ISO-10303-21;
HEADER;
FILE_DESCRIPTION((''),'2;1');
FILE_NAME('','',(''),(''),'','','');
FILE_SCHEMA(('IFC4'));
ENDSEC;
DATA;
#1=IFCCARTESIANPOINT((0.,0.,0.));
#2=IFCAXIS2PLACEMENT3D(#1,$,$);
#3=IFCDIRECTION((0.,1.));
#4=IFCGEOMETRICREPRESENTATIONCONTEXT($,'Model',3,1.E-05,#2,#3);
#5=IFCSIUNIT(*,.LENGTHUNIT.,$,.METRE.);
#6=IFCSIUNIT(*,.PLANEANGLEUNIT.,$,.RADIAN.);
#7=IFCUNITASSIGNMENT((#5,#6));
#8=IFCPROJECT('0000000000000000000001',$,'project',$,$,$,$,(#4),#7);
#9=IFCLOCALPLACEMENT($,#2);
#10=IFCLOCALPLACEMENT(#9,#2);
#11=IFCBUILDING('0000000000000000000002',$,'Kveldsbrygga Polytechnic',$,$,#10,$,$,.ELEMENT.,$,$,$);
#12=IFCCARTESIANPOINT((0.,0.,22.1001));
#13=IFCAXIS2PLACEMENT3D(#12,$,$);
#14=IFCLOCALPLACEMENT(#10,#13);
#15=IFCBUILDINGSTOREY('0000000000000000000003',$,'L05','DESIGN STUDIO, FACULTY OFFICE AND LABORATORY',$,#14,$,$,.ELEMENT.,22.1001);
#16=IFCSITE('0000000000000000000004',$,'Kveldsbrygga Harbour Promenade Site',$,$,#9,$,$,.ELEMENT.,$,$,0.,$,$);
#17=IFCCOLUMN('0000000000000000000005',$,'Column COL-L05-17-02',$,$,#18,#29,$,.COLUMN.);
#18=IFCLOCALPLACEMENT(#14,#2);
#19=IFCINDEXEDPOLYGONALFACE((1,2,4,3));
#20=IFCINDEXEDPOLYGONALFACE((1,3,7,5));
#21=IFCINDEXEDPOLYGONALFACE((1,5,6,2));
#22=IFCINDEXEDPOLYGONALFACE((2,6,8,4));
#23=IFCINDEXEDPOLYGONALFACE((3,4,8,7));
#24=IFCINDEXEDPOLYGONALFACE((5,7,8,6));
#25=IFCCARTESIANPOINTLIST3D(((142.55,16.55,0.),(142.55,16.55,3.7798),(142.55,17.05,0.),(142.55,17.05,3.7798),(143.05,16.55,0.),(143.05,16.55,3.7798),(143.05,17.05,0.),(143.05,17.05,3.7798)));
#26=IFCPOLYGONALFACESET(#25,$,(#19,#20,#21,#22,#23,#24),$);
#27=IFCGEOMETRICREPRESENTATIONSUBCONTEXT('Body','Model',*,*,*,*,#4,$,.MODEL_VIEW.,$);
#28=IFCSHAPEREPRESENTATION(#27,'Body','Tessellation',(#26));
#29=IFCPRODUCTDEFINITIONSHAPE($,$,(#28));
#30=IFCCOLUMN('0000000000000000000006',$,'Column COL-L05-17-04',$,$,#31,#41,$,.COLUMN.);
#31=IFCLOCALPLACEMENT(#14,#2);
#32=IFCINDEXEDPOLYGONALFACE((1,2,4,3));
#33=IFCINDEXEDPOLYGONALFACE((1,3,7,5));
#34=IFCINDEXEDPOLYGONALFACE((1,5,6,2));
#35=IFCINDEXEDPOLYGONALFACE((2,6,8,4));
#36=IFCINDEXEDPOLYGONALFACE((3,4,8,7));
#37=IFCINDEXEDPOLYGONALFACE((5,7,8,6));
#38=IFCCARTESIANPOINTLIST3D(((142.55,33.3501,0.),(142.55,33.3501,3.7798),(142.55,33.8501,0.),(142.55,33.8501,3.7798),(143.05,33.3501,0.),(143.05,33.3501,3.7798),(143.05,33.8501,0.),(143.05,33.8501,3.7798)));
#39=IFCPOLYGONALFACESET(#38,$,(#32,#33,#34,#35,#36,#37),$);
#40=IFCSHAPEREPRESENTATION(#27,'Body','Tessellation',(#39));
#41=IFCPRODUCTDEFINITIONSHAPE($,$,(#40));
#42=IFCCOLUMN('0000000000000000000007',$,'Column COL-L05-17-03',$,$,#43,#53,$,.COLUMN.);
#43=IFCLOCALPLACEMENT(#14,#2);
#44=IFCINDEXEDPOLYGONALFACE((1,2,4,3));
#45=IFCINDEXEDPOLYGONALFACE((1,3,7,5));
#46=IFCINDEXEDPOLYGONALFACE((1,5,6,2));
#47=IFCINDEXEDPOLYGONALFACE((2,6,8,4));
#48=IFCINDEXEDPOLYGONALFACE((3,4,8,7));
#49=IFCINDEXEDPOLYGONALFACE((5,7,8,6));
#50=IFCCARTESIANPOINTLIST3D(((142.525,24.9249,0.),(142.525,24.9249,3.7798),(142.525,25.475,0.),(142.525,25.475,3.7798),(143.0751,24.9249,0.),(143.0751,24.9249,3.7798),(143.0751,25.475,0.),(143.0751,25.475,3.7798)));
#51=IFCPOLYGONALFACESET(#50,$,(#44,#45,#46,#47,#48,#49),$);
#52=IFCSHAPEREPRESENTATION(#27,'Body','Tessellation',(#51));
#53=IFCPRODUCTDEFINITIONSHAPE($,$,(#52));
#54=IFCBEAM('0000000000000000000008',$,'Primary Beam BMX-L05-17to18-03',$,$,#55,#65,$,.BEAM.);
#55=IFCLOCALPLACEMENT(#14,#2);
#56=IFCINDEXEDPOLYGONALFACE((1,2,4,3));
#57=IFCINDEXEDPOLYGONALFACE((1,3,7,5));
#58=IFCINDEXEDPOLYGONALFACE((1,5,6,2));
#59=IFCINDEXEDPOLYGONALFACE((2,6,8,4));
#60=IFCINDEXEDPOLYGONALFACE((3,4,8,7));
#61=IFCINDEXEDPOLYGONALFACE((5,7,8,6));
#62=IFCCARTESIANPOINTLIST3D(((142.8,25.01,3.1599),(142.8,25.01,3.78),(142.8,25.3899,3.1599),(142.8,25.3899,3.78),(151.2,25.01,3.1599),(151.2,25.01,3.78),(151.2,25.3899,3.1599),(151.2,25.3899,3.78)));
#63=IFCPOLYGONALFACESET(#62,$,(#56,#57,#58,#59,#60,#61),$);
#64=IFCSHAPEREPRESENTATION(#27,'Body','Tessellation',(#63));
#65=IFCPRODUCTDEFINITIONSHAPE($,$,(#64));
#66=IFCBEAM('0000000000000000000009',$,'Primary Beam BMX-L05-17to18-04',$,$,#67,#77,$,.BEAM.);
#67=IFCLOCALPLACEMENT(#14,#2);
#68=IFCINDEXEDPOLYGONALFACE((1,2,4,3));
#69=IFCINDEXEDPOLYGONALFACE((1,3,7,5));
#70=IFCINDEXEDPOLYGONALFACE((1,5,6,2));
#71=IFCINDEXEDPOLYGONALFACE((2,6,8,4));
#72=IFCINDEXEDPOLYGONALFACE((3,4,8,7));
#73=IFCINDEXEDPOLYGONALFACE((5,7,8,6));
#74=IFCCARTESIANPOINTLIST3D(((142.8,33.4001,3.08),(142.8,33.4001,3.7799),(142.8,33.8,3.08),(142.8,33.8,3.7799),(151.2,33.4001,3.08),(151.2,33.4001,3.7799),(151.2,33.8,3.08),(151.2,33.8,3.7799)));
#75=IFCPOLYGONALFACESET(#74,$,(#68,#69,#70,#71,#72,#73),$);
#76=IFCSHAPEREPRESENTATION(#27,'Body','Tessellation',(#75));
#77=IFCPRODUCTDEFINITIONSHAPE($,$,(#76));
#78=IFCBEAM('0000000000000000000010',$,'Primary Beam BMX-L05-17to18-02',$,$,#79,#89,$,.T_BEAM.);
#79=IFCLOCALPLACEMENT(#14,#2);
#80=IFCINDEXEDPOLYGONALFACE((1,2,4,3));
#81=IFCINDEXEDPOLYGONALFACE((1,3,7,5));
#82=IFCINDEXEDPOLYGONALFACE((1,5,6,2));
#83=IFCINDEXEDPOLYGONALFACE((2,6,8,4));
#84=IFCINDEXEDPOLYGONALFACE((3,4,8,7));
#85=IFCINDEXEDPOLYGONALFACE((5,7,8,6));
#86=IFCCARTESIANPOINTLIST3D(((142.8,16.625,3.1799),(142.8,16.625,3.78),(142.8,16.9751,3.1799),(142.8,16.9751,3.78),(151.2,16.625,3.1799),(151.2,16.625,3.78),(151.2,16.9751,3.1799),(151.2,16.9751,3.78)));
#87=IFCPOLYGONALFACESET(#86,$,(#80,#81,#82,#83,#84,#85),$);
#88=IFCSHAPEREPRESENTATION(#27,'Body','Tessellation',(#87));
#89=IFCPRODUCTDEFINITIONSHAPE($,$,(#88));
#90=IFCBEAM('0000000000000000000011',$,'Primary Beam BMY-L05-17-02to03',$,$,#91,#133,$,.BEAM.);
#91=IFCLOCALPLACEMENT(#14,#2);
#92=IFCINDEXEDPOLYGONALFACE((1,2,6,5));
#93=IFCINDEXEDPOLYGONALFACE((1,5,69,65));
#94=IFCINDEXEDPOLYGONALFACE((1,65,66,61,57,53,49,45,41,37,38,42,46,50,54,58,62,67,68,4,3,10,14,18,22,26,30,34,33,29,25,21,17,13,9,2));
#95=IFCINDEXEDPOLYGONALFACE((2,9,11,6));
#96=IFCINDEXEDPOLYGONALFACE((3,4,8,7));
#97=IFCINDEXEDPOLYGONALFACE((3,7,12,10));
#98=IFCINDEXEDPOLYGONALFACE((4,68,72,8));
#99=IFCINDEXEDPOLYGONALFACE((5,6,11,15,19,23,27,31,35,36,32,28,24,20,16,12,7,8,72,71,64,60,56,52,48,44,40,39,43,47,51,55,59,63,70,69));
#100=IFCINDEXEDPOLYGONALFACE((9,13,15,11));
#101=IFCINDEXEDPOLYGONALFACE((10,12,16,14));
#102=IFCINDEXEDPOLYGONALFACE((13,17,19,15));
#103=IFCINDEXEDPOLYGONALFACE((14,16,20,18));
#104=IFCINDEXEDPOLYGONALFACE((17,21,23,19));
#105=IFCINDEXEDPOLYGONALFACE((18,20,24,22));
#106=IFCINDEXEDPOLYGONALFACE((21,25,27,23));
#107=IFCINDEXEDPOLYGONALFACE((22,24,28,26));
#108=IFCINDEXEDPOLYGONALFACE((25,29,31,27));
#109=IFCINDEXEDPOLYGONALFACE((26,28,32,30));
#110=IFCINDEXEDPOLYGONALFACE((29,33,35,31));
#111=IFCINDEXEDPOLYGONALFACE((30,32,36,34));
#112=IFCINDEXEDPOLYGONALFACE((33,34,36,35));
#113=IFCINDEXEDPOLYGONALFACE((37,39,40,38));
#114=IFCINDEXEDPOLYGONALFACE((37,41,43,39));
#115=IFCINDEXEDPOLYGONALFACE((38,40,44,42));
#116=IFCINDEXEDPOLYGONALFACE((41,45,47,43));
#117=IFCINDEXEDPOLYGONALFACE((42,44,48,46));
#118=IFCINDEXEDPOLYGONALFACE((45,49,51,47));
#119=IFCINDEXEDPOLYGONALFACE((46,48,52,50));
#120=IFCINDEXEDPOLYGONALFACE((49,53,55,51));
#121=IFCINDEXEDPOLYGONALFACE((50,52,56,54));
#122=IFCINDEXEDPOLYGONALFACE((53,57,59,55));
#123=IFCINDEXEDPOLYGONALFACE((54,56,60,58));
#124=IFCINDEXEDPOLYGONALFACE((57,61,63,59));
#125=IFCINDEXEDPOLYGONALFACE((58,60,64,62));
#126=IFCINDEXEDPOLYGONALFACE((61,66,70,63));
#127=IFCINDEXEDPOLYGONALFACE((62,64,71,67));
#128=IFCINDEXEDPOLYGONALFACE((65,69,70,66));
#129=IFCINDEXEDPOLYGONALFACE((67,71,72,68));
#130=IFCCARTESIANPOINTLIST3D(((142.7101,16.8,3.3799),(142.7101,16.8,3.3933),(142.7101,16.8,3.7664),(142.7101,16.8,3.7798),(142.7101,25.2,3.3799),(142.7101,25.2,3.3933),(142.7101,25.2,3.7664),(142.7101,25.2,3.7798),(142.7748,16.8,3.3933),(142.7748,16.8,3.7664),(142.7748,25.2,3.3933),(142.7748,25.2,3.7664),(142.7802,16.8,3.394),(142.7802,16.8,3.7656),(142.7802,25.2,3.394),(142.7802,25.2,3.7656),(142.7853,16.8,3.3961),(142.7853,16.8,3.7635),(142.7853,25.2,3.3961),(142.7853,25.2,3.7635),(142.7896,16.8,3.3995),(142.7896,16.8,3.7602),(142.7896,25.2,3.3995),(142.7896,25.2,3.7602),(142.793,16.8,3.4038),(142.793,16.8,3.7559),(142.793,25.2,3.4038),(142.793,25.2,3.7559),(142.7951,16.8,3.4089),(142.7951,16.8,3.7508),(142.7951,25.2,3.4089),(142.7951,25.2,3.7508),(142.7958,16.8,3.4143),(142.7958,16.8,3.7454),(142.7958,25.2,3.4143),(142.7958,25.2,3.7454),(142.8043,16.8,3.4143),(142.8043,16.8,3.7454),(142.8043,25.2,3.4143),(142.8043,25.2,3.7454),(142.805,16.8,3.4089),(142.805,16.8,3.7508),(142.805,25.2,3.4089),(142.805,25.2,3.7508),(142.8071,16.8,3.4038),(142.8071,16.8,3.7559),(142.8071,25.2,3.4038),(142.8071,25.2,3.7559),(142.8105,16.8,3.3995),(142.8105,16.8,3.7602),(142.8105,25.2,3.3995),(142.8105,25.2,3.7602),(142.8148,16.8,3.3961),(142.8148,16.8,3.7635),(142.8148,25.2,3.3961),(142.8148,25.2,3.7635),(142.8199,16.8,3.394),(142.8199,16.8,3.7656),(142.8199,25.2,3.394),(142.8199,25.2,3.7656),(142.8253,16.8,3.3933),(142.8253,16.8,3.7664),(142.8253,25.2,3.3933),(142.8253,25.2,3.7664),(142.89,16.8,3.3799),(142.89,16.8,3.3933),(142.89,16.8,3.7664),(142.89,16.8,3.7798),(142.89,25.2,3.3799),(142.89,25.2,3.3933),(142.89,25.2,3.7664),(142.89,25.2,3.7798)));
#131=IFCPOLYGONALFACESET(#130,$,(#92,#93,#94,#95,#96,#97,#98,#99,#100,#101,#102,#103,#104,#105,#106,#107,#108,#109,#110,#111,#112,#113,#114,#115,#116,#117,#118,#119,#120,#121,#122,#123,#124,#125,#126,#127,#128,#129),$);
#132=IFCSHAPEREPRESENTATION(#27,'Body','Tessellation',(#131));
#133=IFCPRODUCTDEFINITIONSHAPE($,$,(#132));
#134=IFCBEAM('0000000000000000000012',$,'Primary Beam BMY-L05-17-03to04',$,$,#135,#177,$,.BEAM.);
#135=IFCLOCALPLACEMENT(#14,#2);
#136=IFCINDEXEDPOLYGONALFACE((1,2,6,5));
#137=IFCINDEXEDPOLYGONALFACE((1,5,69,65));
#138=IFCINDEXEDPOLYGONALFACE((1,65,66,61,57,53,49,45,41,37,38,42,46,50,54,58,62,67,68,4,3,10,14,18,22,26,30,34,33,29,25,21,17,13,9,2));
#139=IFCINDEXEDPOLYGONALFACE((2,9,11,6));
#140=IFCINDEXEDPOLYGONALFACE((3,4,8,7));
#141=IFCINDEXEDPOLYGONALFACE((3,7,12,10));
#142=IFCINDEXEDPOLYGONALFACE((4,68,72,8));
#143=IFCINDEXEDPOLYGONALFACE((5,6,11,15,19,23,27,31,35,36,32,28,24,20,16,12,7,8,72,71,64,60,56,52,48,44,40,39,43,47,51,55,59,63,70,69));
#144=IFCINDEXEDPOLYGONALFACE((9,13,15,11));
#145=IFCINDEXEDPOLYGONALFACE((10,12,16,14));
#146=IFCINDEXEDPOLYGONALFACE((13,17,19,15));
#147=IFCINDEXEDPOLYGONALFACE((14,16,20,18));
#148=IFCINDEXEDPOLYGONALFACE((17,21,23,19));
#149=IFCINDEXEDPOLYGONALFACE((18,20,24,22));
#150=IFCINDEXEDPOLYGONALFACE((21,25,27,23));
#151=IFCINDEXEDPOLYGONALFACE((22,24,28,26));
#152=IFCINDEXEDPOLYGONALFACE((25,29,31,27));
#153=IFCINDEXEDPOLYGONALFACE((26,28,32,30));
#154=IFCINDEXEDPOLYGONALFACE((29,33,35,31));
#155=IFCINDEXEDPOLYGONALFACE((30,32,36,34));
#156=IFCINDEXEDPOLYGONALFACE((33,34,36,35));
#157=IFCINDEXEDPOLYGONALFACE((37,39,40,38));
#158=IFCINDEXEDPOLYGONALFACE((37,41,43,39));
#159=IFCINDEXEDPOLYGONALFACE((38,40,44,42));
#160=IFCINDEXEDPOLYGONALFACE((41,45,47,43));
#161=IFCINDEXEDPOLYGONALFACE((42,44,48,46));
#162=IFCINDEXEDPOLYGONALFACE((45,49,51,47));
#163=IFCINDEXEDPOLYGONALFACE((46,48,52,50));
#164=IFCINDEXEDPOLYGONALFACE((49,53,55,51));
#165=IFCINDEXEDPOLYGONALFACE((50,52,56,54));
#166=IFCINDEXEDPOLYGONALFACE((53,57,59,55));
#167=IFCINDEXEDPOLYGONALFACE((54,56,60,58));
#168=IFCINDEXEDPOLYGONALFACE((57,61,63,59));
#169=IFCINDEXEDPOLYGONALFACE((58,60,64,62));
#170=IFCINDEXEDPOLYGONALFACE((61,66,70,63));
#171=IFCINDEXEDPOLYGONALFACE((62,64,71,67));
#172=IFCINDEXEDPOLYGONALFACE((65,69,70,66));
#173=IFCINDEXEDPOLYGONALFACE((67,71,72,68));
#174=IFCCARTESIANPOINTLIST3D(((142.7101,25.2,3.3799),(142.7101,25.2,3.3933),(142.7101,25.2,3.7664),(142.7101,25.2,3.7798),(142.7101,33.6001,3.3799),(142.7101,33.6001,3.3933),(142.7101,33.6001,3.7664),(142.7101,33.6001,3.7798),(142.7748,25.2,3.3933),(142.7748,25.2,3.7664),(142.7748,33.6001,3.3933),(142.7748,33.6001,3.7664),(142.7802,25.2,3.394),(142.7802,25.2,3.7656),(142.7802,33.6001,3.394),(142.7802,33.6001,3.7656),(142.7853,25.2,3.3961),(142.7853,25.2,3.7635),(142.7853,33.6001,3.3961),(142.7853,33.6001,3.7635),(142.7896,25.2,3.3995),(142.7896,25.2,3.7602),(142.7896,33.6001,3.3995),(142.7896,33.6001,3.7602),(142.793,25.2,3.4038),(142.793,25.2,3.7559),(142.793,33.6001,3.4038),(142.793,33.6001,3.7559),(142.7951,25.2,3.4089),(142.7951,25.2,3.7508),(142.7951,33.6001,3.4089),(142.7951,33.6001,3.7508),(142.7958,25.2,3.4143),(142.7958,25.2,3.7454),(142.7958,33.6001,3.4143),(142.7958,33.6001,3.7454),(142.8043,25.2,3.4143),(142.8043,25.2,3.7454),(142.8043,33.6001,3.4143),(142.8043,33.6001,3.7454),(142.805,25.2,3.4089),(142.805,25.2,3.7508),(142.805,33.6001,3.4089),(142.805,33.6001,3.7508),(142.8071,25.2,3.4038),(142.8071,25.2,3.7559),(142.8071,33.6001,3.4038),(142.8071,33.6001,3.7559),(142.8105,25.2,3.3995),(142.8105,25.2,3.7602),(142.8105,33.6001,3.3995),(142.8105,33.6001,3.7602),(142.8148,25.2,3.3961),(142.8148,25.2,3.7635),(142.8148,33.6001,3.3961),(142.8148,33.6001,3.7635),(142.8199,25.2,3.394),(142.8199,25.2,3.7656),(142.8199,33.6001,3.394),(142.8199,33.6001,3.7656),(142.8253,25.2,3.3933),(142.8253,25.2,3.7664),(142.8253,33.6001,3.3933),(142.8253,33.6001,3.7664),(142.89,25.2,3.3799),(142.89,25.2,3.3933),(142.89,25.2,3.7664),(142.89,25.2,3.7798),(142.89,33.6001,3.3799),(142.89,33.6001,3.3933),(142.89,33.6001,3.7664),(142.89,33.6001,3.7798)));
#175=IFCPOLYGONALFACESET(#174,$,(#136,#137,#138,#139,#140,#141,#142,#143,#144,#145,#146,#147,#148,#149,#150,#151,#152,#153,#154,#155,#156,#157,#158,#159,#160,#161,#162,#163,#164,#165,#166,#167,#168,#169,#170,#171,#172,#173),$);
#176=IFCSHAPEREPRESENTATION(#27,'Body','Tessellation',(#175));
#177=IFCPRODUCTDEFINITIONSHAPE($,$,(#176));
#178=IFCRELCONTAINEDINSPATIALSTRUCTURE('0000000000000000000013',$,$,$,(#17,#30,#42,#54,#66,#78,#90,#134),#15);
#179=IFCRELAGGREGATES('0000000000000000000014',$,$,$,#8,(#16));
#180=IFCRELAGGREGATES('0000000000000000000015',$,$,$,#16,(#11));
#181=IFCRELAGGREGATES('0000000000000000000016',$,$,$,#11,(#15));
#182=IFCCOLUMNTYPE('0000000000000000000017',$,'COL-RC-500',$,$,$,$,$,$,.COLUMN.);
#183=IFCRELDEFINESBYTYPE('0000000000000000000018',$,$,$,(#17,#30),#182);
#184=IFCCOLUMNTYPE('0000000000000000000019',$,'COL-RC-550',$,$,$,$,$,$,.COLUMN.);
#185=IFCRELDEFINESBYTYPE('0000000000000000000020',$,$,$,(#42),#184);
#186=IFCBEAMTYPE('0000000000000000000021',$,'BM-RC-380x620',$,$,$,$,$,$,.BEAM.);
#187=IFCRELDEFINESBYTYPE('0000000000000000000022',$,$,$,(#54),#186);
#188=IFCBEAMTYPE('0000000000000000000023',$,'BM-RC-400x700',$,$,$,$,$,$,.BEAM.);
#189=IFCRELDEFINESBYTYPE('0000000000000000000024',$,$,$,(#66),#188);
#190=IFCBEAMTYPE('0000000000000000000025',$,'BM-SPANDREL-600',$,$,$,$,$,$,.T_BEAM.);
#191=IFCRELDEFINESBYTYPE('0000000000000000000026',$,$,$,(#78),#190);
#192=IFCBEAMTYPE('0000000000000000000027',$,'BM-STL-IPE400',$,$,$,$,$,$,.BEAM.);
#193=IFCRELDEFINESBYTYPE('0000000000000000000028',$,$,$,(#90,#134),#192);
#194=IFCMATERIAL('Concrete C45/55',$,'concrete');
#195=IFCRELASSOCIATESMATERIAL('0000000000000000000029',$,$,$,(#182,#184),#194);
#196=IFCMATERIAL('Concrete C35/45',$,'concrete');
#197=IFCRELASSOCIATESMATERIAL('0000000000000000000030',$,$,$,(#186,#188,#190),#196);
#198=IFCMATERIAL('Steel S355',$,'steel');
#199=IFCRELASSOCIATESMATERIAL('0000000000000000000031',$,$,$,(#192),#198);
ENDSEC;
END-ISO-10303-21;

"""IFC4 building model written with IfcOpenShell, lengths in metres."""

from ifc_helpers import new_model, si_unit, direction, frame, origin, origin_2d, place, context, subcontext, project, spatial, rectangle, i_section, extrude, material, material_profile, profile_set, type_object, element, save


model = new_model("IFC4")

# Units and contexts
model_context = context("Model", 3, precision=1e-05, world=origin(), true_north=direction((0.0, 1.0)))
body_context = subcontext(model_context, "Body", "Model", "MODEL_VIEW")
ifc_project = project(units=[si_unit("LENGTHUNIT", "METRE"), si_unit("PLANEANGLEUNIT", "RADIAN")], contexts=[model_context])

# Site, building, storey
site_placement = place(None, origin())
site = spatial("IfcSite", under=ifc_project, at=site_placement, Name="Kveldsbrygga Harbour Promenade Site", CompositionType="ELEMENT", RefElevation=0.0)
building_placement = place(site_placement, origin())
building = spatial("IfcBuilding", under=site, at=building_placement, Name="Kveldsbrygga Polytechnic", CompositionType="ELEMENT")
storey_placement = place(building_placement, frame((0.0, 0.0, 22.1001)))
storey = spatial("IfcBuildingStorey", under=building, at=storey_placement, Name="L05", Description="DESIGN STUDIO, FACULTY OFFICE AND LABORATORY", CompositionType="ELEMENT", Elevation=22.1001)

# Columns
ifc_material_1 = material(Name="Concrete C45/55", Category="concrete")
ifc_material_profile_1 = material_profile(ifc_material_1, rectangle(XDim=0.5, YDim=0.5, at=origin_2d()), Name="RC 500x500")
ifc_profile_set_1 = profile_set([ifc_material_profile_1], Name="Concrete C45/55")
column_type_1 = type_object("IfcColumnType", Name="COL-RC-500", PredefinedType="COLUMN", material=ifc_profile_set_1)
for number, where, z_axis, x_axis, name in (
    (1, (142.8, 16.8, 0.0), (0.0, 0.0, 1.0), (1.0, 0.0, 0.0), "Column COL-L05-17-02"),
    (2, (142.8, 33.6001, 0.0), (0.0, 0.0, 1.0), (1.0, 0.0, 0.0), "Column COL-L05-17-04"),
):
    element("IfcColumn", number, at=place(storey_placement, frame(where, z_axis=z_axis, x_axis=x_axis)), inside=storey, type_object=column_type_1, Name=name, PredefinedType="COLUMN", context=body_context, shape_type="SweptSolid", body=[
        extrude(rectangle(XDim=0.5, YDim=0.5, at=origin_2d()), origin(), (0.0, 0.0, 1.0), 3.7798),
    ])
ifc_material_profile_2 = material_profile(ifc_material_1, rectangle(XDim=0.55, YDim=0.55, at=origin_2d()), Name="RC 550x550")
ifc_profile_set_2 = profile_set([ifc_material_profile_2], Name="Concrete C45/55")
column_type_2 = type_object("IfcColumnType", Name="COL-RC-550", PredefinedType="COLUMN", material=ifc_profile_set_2)
column_placement = place(storey_placement, frame((142.8, 25.2, 0.0), z_axis=(0.0, 0.0, 1.0), x_axis=(1.0, 0.0, 0.0)))
element("IfcColumn", 3, at=column_placement, inside=storey, type_object=column_type_2, Name="Column COL-L05-17-03", PredefinedType="COLUMN", context=body_context, shape_type="SweptSolid", body=[
    extrude(rectangle(XDim=0.55, YDim=0.55, at=origin_2d()), origin(), (0.0, 0.0, 1.0), 3.7798),
])

# Beams
ifc_material_2 = material(Name="Concrete C35/45", Category="concrete")
ifc_material_profile_3 = material_profile(ifc_material_2, rectangle(XDim=0.3799, YDim=0.6201, at=origin_2d()), Name="RC 380x620")
ifc_profile_set_3 = profile_set([ifc_material_profile_3], Name="Concrete C35/45")
beam_type_1 = type_object("IfcBeamType", Name="BM-RC-380x620", PredefinedType="BEAM", material=ifc_profile_set_3)
beam_1_placement = place(storey_placement, frame((142.8, 25.2, 3.47), z_axis=(1.0, 0.0, 0.0), x_axis=(0.0, 1.0, 0.0)))
element("IfcBeam", 4, at=beam_1_placement, inside=storey, type_object=beam_type_1, Name="Primary Beam BMX-L05-17to18-03", PredefinedType="BEAM", context=body_context, shape_type="SweptSolid", body=[
    extrude(rectangle(XDim=0.3799, YDim=0.6201, at=origin_2d()), origin(), (0.0, 0.0, 1.0), 8.3999),
])
ifc_material_profile_4 = material_profile(ifc_material_2, rectangle(XDim=0.3999, YDim=0.7, at=origin_2d()), Name="RC 400x700")
ifc_profile_set_4 = profile_set([ifc_material_profile_4], Name="Concrete C35/45")
beam_type_2 = type_object("IfcBeamType", Name="BM-RC-400x700", PredefinedType="BEAM", material=ifc_profile_set_4)
beam_2_placement = place(storey_placement, frame((142.8, 33.6001, 3.4299), z_axis=(1.0, 0.0, 0.0), x_axis=(0.0, 1.0, 0.0)))
element("IfcBeam", 5, at=beam_2_placement, inside=storey, type_object=beam_type_2, Name="Primary Beam BMX-L05-17to18-04", PredefinedType="BEAM", context=body_context, shape_type="SweptSolid", body=[
    extrude(rectangle(XDim=0.3999, YDim=0.7, at=origin_2d()), origin(), (0.0, 0.0, 1.0), 8.3999),
])
ifc_material_profile_5 = material_profile(ifc_material_2, rectangle(XDim=0.3501, YDim=0.6001, at=origin_2d()), Name="RC 350x600")
ifc_profile_set_5 = profile_set([ifc_material_profile_5], Name="Concrete C35/45")
beam_type_3 = type_object("IfcBeamType", Name="BM-SPANDREL-600", PredefinedType="T_BEAM", material=ifc_profile_set_5)
beam_3_placement = place(storey_placement, frame((142.8, 16.8, 3.48), z_axis=(1.0, 0.0, 0.0), x_axis=(0.0, 1.0, 0.0)))
element("IfcBeam", 6, at=beam_3_placement, inside=storey, type_object=beam_type_3, Name="Primary Beam BMX-L05-17to18-02", PredefinedType="T_BEAM", context=body_context, shape_type="SweptSolid", body=[
    extrude(rectangle(XDim=0.3501, YDim=0.6001, at=origin_2d()), origin(), (0.0, 0.0, 1.0), 8.3999),
])
ifc_material_3 = material(Name="Steel S355", Category="steel")
ifc_material_profile_6 = material_profile(ifc_material_3, i_section(OverallWidth=0.1799, OverallDepth=0.3999, WebThickness=0.0085, FlangeThickness=0.0134, FilletRadius=0.021, at=origin_2d()), Name="IPE 400")
ifc_profile_set_6 = profile_set([ifc_material_profile_6], Name="Steel S355")
beam_type_4 = type_object("IfcBeamType", Name="BM-STL-IPE400", PredefinedType="BEAM", material=ifc_profile_set_6)
beam_4_placement = place(storey_placement, frame((142.8, 16.8, 3.5798), z_axis=(0.0, 1.0, 0.0), x_axis=(-1.0, 0.0, 0.0)))
element("IfcBeam", 7, at=beam_4_placement, inside=storey, type_object=beam_type_4, Name="Primary Beam BMY-L05-17-02to03", PredefinedType="BEAM", context=body_context, shape_type="SweptSolid", body=[
    extrude(i_section(OverallWidth=0.1799, OverallDepth=0.3999, WebThickness=0.0085, FlangeThickness=0.0134, FilletRadius=0.021, at=origin_2d()), origin(), (0.0, 0.0, 1.0), 8.3999),
])
beam_5_placement = place(storey_placement, frame((142.8, 25.2, 3.5798), z_axis=(0.0, 1.0, 0.0), x_axis=(-1.0, 0.0, 0.0)))
element("IfcBeam", 8, at=beam_5_placement, inside=storey, type_object=beam_type_4, Name="Primary Beam BMY-L05-17-03to04", PredefinedType="BEAM", context=body_context, shape_type="SweptSolid", body=[
    extrude(i_section(OverallWidth=0.1799, OverallDepth=0.3999, WebThickness=0.0085, FlangeThickness=0.0134, FilletRadius=0.021, at=origin_2d()), origin(), (0.0, 0.0, 1.0), 8.4001),
])

save(model, "model.ifc")
